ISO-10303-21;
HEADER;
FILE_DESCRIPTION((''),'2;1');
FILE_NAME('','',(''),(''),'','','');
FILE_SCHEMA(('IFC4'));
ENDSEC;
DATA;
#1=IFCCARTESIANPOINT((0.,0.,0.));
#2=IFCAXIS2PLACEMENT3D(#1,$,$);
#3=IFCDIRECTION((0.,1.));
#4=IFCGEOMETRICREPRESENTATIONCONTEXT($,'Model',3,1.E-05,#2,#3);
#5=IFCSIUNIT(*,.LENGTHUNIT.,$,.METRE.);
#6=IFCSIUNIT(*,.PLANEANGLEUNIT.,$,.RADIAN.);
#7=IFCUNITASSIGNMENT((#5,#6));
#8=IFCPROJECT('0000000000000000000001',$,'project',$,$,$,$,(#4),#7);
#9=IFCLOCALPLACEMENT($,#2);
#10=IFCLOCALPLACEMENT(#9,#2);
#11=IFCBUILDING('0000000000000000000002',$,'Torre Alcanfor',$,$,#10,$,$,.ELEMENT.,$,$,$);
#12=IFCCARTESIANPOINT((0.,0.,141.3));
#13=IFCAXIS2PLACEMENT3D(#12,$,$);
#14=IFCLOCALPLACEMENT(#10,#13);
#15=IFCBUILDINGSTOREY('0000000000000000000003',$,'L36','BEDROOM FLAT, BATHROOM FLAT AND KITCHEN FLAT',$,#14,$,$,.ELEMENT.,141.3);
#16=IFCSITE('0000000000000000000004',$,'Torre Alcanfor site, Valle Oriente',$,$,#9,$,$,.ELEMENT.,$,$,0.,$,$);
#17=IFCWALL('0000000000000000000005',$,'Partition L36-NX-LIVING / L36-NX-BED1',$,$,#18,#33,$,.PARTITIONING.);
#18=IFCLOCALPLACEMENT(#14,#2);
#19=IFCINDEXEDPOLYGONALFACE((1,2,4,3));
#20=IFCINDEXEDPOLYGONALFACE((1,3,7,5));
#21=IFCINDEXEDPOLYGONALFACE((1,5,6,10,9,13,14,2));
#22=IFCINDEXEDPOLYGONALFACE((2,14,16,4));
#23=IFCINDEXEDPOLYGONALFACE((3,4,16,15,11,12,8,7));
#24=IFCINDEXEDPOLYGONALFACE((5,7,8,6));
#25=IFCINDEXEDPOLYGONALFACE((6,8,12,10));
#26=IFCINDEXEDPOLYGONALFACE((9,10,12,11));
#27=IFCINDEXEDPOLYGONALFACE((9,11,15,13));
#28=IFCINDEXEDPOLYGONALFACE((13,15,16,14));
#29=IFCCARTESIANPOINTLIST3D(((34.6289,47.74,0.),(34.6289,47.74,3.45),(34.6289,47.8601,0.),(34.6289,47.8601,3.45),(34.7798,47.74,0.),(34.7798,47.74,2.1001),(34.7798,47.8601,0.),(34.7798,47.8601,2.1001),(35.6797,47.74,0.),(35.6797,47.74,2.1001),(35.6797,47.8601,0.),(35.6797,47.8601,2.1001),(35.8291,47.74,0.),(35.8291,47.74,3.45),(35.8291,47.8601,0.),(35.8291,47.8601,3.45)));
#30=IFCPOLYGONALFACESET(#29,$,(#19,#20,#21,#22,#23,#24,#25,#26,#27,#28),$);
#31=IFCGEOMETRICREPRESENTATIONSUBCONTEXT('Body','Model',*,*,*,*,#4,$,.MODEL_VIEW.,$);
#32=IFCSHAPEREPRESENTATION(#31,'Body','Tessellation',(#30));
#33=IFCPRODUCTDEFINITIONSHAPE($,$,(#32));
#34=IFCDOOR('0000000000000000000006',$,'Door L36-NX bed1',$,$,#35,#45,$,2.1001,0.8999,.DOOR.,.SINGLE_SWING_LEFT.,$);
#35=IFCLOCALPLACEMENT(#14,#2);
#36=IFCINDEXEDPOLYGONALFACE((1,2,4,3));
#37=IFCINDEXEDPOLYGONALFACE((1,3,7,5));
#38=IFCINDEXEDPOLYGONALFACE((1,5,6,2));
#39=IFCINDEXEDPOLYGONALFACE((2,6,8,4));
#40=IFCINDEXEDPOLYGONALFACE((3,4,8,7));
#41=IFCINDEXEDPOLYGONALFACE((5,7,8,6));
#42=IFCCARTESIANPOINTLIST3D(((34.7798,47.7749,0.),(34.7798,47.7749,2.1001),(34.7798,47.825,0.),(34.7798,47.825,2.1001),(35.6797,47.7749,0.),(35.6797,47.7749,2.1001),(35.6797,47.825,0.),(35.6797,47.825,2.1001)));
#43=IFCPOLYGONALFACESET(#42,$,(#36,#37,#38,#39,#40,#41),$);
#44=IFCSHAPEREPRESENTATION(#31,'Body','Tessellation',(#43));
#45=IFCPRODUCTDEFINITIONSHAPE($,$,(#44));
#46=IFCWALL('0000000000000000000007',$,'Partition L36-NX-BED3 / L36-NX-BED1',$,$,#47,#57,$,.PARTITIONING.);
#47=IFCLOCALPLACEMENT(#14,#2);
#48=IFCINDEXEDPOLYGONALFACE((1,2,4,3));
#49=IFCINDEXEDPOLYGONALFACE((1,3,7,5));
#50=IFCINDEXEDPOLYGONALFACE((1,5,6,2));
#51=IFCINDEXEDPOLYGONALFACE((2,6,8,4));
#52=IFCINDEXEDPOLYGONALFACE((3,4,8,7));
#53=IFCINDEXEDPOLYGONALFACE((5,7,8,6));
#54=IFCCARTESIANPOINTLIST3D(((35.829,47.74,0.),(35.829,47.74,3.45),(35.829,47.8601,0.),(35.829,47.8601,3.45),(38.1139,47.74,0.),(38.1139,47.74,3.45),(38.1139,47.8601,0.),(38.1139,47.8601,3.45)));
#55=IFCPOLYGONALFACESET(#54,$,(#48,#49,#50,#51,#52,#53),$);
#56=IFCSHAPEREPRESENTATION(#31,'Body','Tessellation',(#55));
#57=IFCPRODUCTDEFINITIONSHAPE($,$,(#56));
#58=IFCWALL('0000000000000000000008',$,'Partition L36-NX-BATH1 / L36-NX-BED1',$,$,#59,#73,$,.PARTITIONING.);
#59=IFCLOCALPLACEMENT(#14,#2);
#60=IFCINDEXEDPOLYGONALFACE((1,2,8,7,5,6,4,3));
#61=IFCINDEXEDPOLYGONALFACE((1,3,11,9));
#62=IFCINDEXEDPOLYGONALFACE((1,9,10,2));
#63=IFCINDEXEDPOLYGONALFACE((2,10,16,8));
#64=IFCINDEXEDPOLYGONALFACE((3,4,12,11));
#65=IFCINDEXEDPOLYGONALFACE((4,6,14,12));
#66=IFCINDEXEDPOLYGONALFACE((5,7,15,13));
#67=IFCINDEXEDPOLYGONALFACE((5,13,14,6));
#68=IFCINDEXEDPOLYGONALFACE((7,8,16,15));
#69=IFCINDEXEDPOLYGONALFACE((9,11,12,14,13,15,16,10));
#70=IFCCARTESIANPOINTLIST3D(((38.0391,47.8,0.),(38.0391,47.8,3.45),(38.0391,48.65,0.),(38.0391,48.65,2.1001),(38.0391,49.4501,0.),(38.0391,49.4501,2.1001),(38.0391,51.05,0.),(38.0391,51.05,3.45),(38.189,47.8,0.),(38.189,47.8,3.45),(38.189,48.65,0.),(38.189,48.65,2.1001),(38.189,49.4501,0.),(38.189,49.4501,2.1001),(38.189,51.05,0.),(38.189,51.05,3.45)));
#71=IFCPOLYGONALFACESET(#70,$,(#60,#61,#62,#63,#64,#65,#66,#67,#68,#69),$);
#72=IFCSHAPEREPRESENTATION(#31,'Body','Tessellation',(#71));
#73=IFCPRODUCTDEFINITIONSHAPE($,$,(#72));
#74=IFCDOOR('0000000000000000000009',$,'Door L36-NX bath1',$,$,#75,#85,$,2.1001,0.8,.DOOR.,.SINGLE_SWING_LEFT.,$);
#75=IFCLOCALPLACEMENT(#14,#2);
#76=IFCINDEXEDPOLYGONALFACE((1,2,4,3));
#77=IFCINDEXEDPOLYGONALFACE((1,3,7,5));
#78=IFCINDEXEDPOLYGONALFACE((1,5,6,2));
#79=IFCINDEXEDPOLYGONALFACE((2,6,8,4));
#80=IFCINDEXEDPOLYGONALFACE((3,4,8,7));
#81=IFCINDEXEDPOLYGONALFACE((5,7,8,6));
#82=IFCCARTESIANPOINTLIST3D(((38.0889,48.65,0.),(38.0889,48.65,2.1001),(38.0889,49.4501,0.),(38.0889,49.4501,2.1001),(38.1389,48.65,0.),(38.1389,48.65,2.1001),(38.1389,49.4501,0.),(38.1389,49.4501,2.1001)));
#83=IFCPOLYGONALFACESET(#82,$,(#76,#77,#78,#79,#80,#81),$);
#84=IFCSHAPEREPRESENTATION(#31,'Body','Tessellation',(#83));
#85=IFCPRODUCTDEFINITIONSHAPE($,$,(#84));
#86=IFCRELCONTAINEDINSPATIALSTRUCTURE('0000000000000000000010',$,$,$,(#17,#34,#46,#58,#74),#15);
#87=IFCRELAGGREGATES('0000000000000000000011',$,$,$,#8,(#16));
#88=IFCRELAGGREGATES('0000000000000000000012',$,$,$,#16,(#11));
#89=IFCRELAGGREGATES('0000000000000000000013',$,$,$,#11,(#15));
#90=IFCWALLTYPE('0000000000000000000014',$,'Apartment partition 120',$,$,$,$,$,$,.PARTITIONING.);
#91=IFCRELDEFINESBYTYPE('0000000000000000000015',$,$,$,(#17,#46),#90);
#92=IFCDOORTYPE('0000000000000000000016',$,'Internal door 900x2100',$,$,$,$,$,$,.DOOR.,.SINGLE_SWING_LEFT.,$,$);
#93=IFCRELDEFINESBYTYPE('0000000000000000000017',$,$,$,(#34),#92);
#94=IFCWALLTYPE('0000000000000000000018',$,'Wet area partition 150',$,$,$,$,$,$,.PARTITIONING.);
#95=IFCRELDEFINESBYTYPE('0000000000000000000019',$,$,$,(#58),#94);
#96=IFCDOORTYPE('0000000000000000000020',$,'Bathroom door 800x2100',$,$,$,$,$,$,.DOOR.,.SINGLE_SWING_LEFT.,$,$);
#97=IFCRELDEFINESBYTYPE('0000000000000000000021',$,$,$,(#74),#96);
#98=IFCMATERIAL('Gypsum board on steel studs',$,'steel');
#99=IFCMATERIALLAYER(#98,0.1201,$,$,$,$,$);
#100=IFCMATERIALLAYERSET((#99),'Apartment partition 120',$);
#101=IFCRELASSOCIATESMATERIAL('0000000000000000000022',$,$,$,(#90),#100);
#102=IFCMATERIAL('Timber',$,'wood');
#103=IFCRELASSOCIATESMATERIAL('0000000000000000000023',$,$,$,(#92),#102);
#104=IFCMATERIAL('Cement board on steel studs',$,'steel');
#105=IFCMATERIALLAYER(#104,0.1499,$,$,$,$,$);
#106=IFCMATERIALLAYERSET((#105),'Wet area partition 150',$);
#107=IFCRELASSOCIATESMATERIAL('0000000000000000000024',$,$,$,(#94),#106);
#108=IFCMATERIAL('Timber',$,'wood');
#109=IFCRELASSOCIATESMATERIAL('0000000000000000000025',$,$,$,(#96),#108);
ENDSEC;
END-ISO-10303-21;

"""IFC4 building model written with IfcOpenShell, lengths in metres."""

from ifc_helpers import new_model, si_unit, direction, frame, frame_2d, origin, place, context, subcontext, project, spatial, rectangle, extrude, material, layer, layer_set, type_object, element, fill, save


model = new_model("IFC4")

# Units and contexts
model_context = context("Model", 3, precision=1e-05, world=origin(), true_north=direction((0.0, 1.0)))
body_context = subcontext(model_context, "Body", "Model", "MODEL_VIEW")
ifc_project = project(units=[si_unit("LENGTHUNIT", "METRE"), si_unit("PLANEANGLEUNIT", "RADIAN")], contexts=[model_context])

# Site, building, storey
site_placement = place(None, origin())
site = spatial("IfcSite", under=ifc_project, at=site_placement, Name="Torre Alcanfor site, Valle Oriente", CompositionType="ELEMENT", RefElevation=0.0)
building_placement = place(site_placement, origin())
building = spatial("IfcBuilding", under=site, at=building_placement, Name="Torre Alcanfor", CompositionType="ELEMENT")
storey_placement = place(building_placement, frame((0.0, 0.0, 141.3)))
storey = spatial("IfcBuildingStorey", under=building, at=storey_placement, Name="L36", Description="BEDROOM FLAT, BATHROOM FLAT AND KITCHEN FLAT", CompositionType="ELEMENT", Elevation=141.3)

# Shared definitions
ifc_material_1 = material(Name="Gypsum board on steel studs", Category="steel")
ifc_layer_1 = layer(ifc_material_1, 0.1201)
ifc_layer_set_1 = layer_set([ifc_layer_1], Name="Apartment partition 120")
wall_type_1 = type_object("IfcWallType", Name="Apartment partition 120", PredefinedType="PARTITIONING", material=ifc_layer_set_1)
ifc_material_2 = material(Name="Timber", Category="wood")
door_type_1 = type_object("IfcDoorType", Name="Internal door 900x2100", OperationType="SINGLE_SWING_LEFT", PredefinedType="DOOR", material=ifc_material_2)

# Wall, opening, door
wall_1_placement = place(storey_placement, frame((34.6289, 47.8, 0.0), z_axis=(0.0, 0.0, 1.0), x_axis=(1.0, 0.0, 0.0)))
wall_1 = element("IfcWall", 1, at=wall_1_placement, inside=storey, type_object=wall_type_1, Name="Partition L36-NX-LIVING / L36-NX-BED1", PredefinedType="PARTITIONING", context=body_context, shape_type="SweptSolid", body=[
    extrude(rectangle(XDim=1.2002, YDim=0.1201, at=frame_2d((0.6001, 0.0))), origin(), (0.0, 0.0, 1.0), 3.45),
])
opening_1_placement = place(wall_1_placement, frame((0.1509, 0.0, 0.0)))
opening_1 = element("IfcOpeningElement", 2, at=opening_1_placement, cuts=wall_1, PredefinedType="OPENING", context=body_context, shape_type="SweptSolid", body=[
    extrude(rectangle(XDim=0.8999, YDim=2.1001, at=frame_2d((0.45, 1.05))), frame((0.0, 0.0701, 0.0), z_axis=(0.0, -1.0, 0.0), x_axis=(1.0, 0.0, 0.0)), (0.0, 0.0, 1.0), 0.1401),
])
door_1_placement = place(opening_1_placement, origin())
door_1 = element("IfcDoor", 3, at=door_1_placement, inside=storey, type_object=door_type_1, Name="Door L36-NX bed1", OperationType="SINGLE_SWING_LEFT", OverallHeight=2.1001, OverallWidth=0.8999, PredefinedType="DOOR", context=body_context, shape_type="SweptSolid", body=[
    extrude(rectangle(XDim=0.8999, YDim=2.1001, at=frame_2d((0.45, 1.05))), frame((0.0, 0.0249, 0.0), z_axis=(0.0, -1.0, 0.0), x_axis=(1.0, 0.0, 0.0)), (0.0, 0.0, 1.0), 0.05),
])
fill(opening_1, door_1)

# Wall
wall_2_placement = place(storey_placement, frame((38.114, 47.8, 0.0), z_axis=(0.0, 0.0, 1.0), x_axis=(-1.0, 0.0, 0.0)))
element("IfcWall", 4, at=wall_2_placement, inside=storey, type_object=wall_type_1, Name="Partition L36-NX-BED3 / L36-NX-BED1", PredefinedType="PARTITIONING", context=body_context, shape_type="SweptSolid", body=[
    extrude(rectangle(XDim=2.2849, YDim=0.1201, at=frame_2d((1.1426, 0.0))), origin(), (0.0, 0.0, 1.0), 3.45),
])

# Wall, opening, door
ifc_material_3 = material(Name="Cement board on steel studs", Category="steel")
ifc_layer_2 = layer(ifc_material_3, 0.1499)
ifc_layer_set_2 = layer_set([ifc_layer_2], Name="Wet area partition 150")
wall_type_2 = type_object("IfcWallType", Name="Wet area partition 150", PredefinedType="PARTITIONING", material=ifc_layer_set_2)
wall_3_placement = place(storey_placement, frame((38.114, 51.05, 0.0), z_axis=(0.0, 0.0, 1.0), x_axis=(0.0, -1.0, 0.0)))
wall_3 = element("IfcWall", 5, at=wall_3_placement, inside=storey, type_object=wall_type_2, Name="Partition L36-NX-BATH1 / L36-NX-BED1", PredefinedType="PARTITIONING", context=body_context, shape_type="SweptSolid", body=[
    extrude(rectangle(XDim=3.25, YDim=0.1499, at=frame_2d((1.625, 0.0))), origin(), (0.0, 0.0, 1.0), 3.45),
])
opening_2_placement = place(wall_3_placement, frame((1.6001, 0.0, 0.0)))
opening_2 = element("IfcOpeningElement", 6, at=opening_2_placement, cuts=wall_3, PredefinedType="OPENING", context=body_context, shape_type="SweptSolid", body=[
    extrude(rectangle(XDim=0.8, YDim=2.1001, at=frame_2d((0.3999, 1.05))), frame((0.0, 0.085, 0.0), z_axis=(0.0, -1.0, 0.0), x_axis=(1.0, 0.0, 0.0)), (0.0, 0.0, 1.0), 0.1699),
])
ifc_material_4 = material(Name="Timber", Category="wood")
door_type_2 = type_object("IfcDoorType", Name="Bathroom door 800x2100", OperationType="SINGLE_SWING_LEFT", PredefinedType="DOOR", material=ifc_material_4)
door_2_placement = place(opening_2_placement, frame((0.8, 0.0, 0.0), z_axis=(0.0, 0.0, 1.0), x_axis=(-1.0, 0.0, 0.0)))
door_2 = element("IfcDoor", 7, at=door_2_placement, inside=storey, type_object=door_type_2, Name="Door L36-NX bath1", OperationType="SINGLE_SWING_LEFT", OverallHeight=2.1001, OverallWidth=0.8, PredefinedType="DOOR", context=body_context, shape_type="SweptSolid", body=[
    extrude(rectangle(XDim=0.8, YDim=2.1001, at=frame_2d((0.4001, 1.05))), frame((0.0, 0.0251, 0.0), z_axis=(0.0, -1.0, 0.0), x_axis=(1.0, 0.0, 0.0)), (0.0, 0.0, 1.0), 0.05),
])
fill(opening_2, door_2)

save(model, "model.ifc")
